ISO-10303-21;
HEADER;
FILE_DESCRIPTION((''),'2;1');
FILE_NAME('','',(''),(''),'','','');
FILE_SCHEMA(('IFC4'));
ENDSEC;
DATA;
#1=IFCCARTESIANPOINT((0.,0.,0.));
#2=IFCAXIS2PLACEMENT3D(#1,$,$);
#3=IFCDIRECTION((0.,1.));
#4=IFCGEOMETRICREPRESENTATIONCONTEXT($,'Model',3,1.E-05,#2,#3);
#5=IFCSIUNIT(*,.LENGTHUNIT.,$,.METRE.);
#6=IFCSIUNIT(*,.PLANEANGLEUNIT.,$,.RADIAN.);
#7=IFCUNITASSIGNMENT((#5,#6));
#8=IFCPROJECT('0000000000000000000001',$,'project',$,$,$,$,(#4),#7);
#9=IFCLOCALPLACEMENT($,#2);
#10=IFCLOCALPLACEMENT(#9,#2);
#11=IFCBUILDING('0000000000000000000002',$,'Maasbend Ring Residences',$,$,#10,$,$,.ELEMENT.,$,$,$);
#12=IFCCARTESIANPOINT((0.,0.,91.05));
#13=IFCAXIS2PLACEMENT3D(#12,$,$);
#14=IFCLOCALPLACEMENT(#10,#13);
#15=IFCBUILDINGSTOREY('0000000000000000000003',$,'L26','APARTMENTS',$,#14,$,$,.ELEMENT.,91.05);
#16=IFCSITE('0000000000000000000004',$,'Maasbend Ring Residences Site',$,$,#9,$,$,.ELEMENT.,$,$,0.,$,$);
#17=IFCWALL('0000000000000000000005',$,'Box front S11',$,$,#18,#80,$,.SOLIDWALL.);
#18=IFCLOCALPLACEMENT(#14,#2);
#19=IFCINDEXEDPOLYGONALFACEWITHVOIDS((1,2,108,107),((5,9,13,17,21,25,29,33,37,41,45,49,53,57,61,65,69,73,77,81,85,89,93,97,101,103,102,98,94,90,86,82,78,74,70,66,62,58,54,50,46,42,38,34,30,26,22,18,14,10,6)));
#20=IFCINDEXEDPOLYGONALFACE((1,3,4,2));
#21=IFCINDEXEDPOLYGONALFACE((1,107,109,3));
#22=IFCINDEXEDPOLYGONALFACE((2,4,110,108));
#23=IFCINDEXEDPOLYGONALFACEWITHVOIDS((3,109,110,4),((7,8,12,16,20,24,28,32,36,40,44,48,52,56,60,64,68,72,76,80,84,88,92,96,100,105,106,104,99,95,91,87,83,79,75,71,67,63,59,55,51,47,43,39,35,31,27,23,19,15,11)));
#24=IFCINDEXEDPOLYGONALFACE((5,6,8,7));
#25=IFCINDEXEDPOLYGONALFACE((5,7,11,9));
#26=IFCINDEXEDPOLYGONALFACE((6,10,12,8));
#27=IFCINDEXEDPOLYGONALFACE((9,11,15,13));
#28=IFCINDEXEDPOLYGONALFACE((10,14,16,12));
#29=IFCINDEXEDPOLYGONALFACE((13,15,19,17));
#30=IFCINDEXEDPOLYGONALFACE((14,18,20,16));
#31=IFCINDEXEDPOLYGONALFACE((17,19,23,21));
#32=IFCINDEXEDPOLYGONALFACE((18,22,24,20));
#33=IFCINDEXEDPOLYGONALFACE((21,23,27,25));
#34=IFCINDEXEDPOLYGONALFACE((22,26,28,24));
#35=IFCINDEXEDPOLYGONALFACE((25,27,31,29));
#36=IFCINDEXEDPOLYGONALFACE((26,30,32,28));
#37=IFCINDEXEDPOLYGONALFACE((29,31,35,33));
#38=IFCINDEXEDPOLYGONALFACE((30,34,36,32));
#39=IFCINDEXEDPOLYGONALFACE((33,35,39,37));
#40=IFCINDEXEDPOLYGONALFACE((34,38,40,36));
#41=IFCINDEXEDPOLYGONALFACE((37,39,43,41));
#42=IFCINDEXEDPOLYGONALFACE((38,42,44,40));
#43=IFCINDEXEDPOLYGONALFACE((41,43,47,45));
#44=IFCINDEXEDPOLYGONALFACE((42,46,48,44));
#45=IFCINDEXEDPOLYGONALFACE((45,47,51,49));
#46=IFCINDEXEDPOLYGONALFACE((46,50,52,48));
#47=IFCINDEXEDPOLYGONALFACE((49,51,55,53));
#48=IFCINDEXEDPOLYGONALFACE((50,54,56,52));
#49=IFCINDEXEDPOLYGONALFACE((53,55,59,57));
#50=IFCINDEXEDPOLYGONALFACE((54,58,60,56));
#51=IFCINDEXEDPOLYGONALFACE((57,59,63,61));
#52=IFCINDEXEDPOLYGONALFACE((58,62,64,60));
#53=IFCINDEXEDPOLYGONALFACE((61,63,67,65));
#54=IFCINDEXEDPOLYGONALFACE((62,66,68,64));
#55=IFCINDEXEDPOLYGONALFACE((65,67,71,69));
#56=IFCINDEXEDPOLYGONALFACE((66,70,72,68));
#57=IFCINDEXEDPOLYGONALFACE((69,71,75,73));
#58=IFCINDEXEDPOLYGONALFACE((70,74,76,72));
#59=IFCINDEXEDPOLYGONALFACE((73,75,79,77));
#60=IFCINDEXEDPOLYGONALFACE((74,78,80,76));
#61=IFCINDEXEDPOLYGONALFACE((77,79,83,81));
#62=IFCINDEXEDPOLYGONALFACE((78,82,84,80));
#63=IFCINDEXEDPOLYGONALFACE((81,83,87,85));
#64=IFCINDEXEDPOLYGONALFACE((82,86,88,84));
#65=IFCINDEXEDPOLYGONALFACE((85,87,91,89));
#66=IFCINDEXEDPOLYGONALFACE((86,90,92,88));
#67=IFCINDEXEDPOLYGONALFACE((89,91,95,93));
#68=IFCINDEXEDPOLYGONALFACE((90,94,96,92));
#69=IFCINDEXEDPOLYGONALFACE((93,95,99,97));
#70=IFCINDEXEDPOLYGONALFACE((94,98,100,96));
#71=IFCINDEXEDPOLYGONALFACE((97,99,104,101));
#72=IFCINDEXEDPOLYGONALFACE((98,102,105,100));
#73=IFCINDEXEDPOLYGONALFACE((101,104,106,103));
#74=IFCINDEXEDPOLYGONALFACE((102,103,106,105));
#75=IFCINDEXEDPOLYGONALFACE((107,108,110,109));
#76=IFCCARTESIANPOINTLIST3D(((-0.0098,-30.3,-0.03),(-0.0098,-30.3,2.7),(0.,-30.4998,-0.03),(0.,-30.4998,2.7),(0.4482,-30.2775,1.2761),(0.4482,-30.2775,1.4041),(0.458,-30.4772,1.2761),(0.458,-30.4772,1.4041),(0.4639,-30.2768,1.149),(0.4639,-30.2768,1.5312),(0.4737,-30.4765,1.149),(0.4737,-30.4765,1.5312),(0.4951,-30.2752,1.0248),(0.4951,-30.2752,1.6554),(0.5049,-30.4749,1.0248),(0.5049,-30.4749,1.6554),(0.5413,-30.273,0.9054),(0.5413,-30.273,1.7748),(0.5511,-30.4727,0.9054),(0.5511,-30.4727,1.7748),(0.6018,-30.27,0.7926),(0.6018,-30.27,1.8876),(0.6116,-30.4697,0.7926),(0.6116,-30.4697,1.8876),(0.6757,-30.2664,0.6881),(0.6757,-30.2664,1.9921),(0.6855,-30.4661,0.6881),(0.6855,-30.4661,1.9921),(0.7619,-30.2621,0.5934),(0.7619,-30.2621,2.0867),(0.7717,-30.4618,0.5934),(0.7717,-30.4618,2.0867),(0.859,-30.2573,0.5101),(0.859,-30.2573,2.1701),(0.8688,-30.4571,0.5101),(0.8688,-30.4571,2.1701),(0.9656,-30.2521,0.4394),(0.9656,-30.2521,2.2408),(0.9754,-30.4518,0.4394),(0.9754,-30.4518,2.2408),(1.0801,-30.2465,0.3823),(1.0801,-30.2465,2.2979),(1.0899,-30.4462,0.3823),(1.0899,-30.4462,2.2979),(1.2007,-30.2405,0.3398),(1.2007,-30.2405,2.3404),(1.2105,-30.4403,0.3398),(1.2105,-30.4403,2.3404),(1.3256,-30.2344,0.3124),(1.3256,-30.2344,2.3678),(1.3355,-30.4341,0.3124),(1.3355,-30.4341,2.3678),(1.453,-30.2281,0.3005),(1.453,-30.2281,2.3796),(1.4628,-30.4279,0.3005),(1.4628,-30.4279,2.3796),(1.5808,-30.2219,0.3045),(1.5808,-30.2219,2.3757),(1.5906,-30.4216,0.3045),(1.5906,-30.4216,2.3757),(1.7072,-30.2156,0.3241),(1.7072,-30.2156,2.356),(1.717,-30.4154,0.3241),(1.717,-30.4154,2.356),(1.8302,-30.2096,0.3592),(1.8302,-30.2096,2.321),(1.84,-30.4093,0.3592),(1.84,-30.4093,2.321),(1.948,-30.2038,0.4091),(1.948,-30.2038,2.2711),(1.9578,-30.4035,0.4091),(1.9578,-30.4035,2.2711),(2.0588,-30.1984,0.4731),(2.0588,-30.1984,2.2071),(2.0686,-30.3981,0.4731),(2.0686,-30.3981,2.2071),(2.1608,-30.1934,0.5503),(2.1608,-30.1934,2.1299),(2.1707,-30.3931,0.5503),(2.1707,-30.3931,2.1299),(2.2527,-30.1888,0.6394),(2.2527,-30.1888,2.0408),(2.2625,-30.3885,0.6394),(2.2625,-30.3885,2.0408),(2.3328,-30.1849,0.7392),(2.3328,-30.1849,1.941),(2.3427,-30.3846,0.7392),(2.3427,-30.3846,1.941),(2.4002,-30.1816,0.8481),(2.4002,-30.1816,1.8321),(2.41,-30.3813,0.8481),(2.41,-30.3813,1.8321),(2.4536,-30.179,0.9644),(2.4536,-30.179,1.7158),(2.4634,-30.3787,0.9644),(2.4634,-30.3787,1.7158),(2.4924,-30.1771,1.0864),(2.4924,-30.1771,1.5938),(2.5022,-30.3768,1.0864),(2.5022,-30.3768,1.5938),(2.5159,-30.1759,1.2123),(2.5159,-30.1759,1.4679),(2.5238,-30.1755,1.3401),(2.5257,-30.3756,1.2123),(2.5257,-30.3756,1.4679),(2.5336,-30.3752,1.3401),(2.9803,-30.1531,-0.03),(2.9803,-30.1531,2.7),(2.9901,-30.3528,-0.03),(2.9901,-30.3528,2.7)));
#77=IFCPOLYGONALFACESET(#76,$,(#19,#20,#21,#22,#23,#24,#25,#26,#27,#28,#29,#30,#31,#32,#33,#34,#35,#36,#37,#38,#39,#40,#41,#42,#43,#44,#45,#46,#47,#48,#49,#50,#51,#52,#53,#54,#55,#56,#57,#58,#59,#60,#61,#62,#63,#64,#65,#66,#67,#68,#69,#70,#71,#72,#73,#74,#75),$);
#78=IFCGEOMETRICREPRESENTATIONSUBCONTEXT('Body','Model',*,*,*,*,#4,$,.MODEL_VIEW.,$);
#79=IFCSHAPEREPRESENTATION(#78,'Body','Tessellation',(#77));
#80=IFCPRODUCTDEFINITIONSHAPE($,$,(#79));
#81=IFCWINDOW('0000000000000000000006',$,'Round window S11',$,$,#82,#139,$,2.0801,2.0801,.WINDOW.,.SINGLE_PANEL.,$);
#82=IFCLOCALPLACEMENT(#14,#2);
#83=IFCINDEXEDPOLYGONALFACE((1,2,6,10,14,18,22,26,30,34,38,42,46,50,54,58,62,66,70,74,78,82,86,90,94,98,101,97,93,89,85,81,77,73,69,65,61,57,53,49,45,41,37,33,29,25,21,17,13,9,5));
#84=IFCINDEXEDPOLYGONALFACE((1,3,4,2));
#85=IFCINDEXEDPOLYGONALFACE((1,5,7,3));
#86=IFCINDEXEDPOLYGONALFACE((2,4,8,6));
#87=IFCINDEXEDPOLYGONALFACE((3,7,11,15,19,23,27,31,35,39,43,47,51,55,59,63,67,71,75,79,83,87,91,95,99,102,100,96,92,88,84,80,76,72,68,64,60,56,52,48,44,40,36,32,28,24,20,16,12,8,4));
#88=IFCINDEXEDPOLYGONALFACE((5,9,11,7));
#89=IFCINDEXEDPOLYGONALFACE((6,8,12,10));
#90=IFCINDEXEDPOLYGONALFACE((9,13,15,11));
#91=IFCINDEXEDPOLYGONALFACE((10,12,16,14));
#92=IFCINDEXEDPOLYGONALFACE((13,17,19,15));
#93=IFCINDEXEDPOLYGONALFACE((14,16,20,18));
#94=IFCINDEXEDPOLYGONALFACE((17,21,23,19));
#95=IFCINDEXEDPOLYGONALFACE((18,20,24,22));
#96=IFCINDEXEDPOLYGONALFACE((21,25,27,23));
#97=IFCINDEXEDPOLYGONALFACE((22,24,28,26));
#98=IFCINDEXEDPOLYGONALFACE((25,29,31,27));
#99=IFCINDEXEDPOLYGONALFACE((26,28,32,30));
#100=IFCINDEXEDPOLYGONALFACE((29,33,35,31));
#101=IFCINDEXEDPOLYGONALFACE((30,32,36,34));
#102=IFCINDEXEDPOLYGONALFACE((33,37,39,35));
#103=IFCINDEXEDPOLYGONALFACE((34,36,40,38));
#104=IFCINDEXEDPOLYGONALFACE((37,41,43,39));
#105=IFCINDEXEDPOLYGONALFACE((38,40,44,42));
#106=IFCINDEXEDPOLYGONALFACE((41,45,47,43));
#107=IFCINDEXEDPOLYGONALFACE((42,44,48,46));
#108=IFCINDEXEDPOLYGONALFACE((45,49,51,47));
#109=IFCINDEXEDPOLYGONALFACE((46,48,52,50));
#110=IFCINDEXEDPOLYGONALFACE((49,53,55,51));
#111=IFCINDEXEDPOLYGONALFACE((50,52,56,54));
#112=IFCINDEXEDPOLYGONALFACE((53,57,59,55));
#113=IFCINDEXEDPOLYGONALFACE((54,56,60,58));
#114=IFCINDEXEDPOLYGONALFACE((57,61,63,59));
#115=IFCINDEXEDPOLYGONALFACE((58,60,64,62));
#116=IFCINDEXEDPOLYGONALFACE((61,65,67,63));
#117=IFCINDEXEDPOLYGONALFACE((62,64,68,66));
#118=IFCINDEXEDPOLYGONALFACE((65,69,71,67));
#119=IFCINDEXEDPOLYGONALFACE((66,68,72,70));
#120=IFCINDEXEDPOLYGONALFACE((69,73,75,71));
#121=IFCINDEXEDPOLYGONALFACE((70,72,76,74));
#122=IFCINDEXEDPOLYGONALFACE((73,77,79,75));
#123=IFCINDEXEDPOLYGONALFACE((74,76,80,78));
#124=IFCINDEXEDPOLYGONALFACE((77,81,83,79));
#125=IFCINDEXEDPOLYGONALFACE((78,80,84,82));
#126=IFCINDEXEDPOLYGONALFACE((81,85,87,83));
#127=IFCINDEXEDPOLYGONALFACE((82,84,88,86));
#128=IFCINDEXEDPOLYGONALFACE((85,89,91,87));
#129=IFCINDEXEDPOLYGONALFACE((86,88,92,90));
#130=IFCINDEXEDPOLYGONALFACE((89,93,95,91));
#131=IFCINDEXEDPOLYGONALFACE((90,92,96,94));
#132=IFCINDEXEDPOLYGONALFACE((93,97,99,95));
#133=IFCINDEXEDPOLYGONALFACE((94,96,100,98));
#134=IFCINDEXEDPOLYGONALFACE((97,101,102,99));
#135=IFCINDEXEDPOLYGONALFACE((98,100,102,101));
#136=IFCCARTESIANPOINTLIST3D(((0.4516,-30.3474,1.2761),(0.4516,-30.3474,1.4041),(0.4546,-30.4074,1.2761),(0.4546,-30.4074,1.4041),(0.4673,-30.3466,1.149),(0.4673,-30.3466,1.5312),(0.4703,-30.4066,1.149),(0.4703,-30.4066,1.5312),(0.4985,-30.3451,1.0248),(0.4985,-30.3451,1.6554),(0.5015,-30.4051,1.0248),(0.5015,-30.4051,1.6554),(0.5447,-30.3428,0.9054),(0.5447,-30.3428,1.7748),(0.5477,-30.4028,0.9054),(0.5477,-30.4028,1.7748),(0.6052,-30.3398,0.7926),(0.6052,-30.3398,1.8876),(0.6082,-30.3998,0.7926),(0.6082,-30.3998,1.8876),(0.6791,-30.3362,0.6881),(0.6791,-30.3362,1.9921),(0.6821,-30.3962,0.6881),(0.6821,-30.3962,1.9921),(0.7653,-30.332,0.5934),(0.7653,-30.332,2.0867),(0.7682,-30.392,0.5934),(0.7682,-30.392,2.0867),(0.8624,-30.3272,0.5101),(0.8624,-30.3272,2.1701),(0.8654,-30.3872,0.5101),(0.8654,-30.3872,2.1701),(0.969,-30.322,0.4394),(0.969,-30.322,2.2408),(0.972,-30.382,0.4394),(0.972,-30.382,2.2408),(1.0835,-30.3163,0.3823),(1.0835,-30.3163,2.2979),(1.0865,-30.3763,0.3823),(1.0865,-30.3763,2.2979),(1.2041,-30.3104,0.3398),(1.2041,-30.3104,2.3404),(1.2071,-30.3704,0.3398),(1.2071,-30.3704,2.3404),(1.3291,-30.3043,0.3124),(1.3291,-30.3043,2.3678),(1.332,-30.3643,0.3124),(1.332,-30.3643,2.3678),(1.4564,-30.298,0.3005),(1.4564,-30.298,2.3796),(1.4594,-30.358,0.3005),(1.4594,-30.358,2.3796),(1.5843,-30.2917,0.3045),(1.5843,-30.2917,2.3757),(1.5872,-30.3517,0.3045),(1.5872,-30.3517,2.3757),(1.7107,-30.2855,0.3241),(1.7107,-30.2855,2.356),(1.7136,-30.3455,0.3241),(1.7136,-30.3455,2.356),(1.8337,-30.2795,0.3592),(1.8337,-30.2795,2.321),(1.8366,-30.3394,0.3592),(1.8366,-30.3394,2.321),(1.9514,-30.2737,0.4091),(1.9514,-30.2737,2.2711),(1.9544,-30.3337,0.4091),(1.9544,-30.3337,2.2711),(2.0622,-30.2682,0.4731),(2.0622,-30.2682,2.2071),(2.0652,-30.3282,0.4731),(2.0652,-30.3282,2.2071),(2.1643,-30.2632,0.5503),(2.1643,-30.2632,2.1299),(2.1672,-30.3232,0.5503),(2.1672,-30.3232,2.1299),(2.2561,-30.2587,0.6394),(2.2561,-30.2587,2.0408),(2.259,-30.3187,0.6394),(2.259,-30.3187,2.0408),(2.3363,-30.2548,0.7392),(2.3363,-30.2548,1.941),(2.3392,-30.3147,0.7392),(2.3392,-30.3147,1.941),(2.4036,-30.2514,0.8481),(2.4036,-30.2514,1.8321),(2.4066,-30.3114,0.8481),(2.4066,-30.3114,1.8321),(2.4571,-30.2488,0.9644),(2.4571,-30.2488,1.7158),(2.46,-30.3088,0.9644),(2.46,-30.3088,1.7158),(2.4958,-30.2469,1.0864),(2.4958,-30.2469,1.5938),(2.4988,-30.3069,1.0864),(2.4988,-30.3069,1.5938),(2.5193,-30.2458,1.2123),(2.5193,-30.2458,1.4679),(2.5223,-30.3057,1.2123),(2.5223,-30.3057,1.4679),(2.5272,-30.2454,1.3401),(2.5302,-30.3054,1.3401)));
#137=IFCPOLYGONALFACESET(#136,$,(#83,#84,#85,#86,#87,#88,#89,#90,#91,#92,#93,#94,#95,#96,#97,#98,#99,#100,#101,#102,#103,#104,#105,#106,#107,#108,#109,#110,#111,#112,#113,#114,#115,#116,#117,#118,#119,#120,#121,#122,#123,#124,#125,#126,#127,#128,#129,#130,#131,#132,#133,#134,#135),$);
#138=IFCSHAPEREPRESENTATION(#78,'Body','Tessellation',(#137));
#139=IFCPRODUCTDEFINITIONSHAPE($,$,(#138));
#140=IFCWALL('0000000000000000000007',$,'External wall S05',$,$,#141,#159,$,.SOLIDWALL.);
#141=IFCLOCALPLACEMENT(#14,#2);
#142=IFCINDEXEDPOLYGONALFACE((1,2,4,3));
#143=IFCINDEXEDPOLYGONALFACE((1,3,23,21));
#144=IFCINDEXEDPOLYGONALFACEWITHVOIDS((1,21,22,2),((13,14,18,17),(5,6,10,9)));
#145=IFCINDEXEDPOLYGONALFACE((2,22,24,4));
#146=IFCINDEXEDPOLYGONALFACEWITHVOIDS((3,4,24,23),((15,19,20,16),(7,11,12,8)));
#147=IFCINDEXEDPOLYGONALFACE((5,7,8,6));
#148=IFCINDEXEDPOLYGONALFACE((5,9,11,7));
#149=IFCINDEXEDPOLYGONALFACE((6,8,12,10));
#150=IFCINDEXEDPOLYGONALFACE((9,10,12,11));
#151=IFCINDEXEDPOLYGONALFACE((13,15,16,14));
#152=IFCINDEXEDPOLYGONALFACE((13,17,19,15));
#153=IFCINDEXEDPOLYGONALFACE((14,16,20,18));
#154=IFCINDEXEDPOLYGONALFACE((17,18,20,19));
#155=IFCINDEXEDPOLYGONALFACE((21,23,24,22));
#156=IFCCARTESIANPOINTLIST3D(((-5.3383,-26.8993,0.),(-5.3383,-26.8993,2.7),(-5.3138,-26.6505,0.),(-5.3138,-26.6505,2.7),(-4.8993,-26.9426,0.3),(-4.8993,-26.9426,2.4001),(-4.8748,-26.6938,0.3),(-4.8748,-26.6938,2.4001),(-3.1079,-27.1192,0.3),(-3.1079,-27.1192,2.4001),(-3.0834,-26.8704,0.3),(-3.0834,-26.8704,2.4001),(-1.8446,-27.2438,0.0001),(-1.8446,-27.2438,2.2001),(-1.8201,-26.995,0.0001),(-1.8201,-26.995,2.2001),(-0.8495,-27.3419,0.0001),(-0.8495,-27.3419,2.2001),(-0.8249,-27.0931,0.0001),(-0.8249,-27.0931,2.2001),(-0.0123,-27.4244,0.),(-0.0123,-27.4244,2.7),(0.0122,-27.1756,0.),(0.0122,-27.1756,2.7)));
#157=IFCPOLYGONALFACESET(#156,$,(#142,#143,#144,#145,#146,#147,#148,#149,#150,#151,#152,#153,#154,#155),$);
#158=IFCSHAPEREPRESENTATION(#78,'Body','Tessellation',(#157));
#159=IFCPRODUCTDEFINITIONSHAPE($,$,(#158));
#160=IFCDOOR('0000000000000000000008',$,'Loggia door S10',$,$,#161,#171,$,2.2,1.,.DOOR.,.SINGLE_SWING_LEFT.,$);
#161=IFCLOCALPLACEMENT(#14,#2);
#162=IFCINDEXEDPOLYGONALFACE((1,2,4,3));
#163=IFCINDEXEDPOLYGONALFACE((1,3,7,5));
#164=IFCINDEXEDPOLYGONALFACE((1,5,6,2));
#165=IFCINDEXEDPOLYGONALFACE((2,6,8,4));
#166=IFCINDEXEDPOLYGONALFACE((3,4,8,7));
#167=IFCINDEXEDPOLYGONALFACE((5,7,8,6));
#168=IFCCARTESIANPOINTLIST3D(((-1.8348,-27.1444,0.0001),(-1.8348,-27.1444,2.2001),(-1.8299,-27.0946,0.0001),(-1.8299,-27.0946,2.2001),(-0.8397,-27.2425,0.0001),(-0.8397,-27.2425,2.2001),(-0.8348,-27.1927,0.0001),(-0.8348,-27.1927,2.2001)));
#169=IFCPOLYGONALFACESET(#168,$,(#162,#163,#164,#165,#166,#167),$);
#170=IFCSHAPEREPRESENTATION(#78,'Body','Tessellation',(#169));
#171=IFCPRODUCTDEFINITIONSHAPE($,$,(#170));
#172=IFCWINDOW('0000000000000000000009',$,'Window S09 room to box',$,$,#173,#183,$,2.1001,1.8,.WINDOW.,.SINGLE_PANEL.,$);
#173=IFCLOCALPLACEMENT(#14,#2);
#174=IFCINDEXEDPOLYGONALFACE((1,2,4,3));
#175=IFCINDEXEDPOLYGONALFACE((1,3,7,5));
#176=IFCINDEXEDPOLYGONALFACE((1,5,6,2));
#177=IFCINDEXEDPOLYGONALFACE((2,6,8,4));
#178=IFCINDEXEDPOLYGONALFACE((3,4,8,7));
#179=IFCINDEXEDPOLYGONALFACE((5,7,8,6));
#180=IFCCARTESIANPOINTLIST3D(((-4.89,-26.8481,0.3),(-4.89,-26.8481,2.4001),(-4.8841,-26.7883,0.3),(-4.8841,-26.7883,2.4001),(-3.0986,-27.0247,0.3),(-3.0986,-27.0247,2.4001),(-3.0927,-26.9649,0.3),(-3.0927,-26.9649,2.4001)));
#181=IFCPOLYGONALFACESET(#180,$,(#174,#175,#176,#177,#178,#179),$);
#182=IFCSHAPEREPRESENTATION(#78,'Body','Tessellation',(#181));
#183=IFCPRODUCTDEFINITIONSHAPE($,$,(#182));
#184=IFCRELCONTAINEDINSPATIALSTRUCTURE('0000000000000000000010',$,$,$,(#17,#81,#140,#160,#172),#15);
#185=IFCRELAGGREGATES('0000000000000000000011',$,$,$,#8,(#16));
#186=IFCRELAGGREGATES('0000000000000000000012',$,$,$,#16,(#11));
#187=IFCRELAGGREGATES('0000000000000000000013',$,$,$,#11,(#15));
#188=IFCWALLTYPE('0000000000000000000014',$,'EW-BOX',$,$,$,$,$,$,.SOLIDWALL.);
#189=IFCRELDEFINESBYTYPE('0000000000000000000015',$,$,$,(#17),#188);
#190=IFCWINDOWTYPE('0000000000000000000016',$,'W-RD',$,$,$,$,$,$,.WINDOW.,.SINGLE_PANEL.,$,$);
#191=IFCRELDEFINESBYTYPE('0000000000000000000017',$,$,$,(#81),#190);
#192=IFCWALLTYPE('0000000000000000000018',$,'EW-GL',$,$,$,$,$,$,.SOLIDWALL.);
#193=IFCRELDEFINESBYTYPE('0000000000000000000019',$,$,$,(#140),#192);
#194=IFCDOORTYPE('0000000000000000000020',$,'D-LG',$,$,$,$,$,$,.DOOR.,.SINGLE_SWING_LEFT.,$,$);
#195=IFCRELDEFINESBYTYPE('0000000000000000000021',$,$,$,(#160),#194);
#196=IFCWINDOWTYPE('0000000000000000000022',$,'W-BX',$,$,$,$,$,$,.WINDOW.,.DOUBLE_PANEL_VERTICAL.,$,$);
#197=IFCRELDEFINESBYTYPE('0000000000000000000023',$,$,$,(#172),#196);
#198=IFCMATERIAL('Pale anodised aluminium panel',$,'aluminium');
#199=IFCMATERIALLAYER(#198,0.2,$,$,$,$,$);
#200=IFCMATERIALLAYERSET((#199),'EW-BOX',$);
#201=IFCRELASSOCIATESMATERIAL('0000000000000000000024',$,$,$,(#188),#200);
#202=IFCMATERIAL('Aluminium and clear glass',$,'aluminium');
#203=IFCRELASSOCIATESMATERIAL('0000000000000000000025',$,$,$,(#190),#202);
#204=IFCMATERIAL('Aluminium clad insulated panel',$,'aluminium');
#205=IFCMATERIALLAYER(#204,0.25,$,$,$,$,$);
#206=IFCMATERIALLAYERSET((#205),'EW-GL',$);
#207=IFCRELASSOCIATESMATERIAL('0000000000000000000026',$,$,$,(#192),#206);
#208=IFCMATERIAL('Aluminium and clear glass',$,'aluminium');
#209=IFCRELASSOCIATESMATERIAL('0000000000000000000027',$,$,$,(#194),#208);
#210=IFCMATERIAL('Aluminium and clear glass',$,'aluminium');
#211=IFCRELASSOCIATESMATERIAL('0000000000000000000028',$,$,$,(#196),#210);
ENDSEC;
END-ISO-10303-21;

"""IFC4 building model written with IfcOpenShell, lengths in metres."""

from ifc_helpers import new_model, si_unit, direction, frame, frame_2d, origin, place, context, subcontext, project, spatial, rectangle, circle, extrude, material, layer, layer_set, type_object, element, fill, save


model = new_model("IFC4")

# Units and contexts
model_context = context("Model", 3, precision=1e-05, world=origin(), true_north=direction((0.0, 1.0)))
body_context = subcontext(model_context, "Body", "Model", "MODEL_VIEW")
ifc_project = project(units=[si_unit("LENGTHUNIT", "METRE"), si_unit("PLANEANGLEUNIT", "RADIAN")], contexts=[model_context])

# Site, building, storey
site_placement = place(None, origin())
site = spatial("IfcSite", under=ifc_project, at=site_placement, Name="Maasbend Ring Residences Site", CompositionType="ELEMENT", RefElevation=0.0)
building_placement = place(site_placement, origin())
building = spatial("IfcBuilding", under=site, at=building_placement, Name="Maasbend Ring Residences", CompositionType="ELEMENT")
storey_placement = place(building_placement, frame((0.0, 0.0, 91.05)))
storey = spatial("IfcBuildingStorey", under=building, at=storey_placement, Name="L26", Description="APARTMENTS", CompositionType="ELEMENT", Elevation=91.05)

# Shared definitions
ifc_material_1 = material(Name="Pale anodised aluminium panel", Category="aluminium")
ifc_layer_1 = layer(ifc_material_1, 0.2)
ifc_layer_set_1 = layer_set([ifc_layer_1], Name="EW-BOX")
wall_type_1 = type_object("IfcWallType", Name="EW-BOX", PredefinedType="SOLIDWALL", material=ifc_layer_set_1)

# Shared definitions
ifc_material_2 = material(Name="Aluminium and clear glass", Category="aluminium")
window_type_1 = type_object("IfcWindowType", Name="W-RD", PartitioningType="SINGLE_PANEL", PredefinedType="WINDOW", material=ifc_material_2)

# Wall, opening, window
wall_1_placement = place(storey_placement, frame((-0.0049, -30.3999, -0.03), z_axis=(0.0, 0.0, 1.0), x_axis=(0.998794, 0.049096, 0.0)))
wall_1 = element("IfcWall", 1, at=wall_1_placement, inside=storey, type_object=wall_type_1, Name="Box front S11", PredefinedType="SOLIDWALL", context=body_context, shape_type="SweptSolid", body=[
    extrude(rectangle(XDim=2.9937, YDim=0.2, at=frame_2d((1.4968, 0.0))), origin(), (0.0, 0.0, 1.0), 2.73),
])
opening_1_placement = place(wall_1_placement, frame((0.4565, 0.0, 0.3301)))
opening_1 = element("IfcOpeningElement", 2, at=opening_1_placement, cuts=wall_1, PredefinedType="OPENING", context=body_context, shape_type="SweptSolid", body=[
    extrude(circle(Radius=1.04, at=frame_2d((1.04, 1.04))), frame((0.0, 0.1099, 0.0), z_axis=(0.0, -1.0, 0.0), x_axis=(1.0, 0.0, 0.0)), (0.0, 0.0, 1.0), 0.22),
])
window_1_placement = place(opening_1_placement, origin())
window_1 = element("IfcWindow", 3, at=window_1_placement, inside=storey, type_object=window_type_1, Name="Round window S11", OverallHeight=2.0801, OverallWidth=2.0801, PartitioningType="SINGLE_PANEL", PredefinedType="WINDOW", context=body_context, shape_type="SweptSolid", body=[
    extrude(circle(Radius=1.04, at=frame_2d((1.04, 1.04))), frame((0.0, 0.03, 0.0), z_axis=(0.0, -1.0, 0.0), x_axis=(1.0, 0.0, 0.0)), (0.0, 0.0, 1.0), 0.0601),
])
fill(opening_1, window_1)

# Wall, openings, door, window
ifc_material_3 = material(Name="Aluminium clad insulated panel", Category="aluminium")
ifc_layer_2 = layer(ifc_material_3, 0.25)
ifc_layer_set_2 = layer_set([ifc_layer_2], Name="EW-GL")
wall_type_2 = type_object("IfcWallType", Name="EW-GL", PredefinedType="SOLIDWALL", material=ifc_layer_set_2)
wall_2_placement = place(storey_placement, frame((-5.3259, -26.7749, 0.0), z_axis=(0.0, 0.0, 1.0), x_axis=(0.995174, -0.098126, 0.0)))
wall_2 = element("IfcWall", 4, at=wall_2_placement, inside=storey, type_object=wall_type_2, Name="External wall S05", PredefinedType="SOLIDWALL", context=body_context, shape_type="SweptSolid", body=[
    extrude(rectangle(XDim=5.3518, YDim=0.25, at=frame_2d((2.6758, 0.0))), origin(), (0.0, 0.0, 1.0), 2.7),
])
opening_2_placement = place(wall_2_placement, frame((0.4412, 0.0, 0.3)))
opening_2 = element("IfcOpeningElement", 5, at=opening_2_placement, cuts=wall_2, PredefinedType="OPENING", context=body_context, shape_type="SweptSolid", body=[
    extrude(rectangle(XDim=1.8, YDim=2.1001, at=frame_2d((0.8999, 1.05))), frame((0.0, 0.135, 0.0), z_axis=(0.0, -1.0, 0.0), x_axis=(1.0, 0.0, 0.0)), (0.0, 0.0, 1.0), 0.27),
])
opening_3_placement = place(wall_2_placement, frame((3.5105, 0.0, 0.0)))
opening_3 = element("IfcOpeningElement", 6, at=opening_3_placement, cuts=wall_2, PredefinedType="OPENING", context=body_context, shape_type="SweptSolid", body=[
    extrude(rectangle(XDim=1.0, YDim=2.2, at=frame_2d((0.5, 1.1001))), frame((0.0, 0.135, 0.0), z_axis=(0.0, -1.0, 0.0), x_axis=(1.0, 0.0, 0.0)), (0.0, 0.0, 1.0), 0.27),
])
ifc_material_4 = material(Name="Aluminium and clear glass", Category="aluminium")
door_type_1 = type_object("IfcDoorType", Name="D-LG", OperationType="SINGLE_SWING_LEFT", PredefinedType="DOOR", material=ifc_material_4)
door_1_placement = place(opening_3_placement, origin())
door_1 = element("IfcDoor", 7, at=door_1_placement, inside=storey, type_object=door_type_1, Name="Loggia door S10", OperationType="SINGLE_SWING_LEFT", OverallHeight=2.2, OverallWidth=1.0, PredefinedType="DOOR", context=body_context, shape_type="SweptSolid", body=[
    extrude(rectangle(XDim=1.0, YDim=2.2, at=frame_2d((0.5, 1.1001))), frame((0.0, 0.0249, 0.0), z_axis=(0.0, -1.0, 0.0), x_axis=(1.0, 0.0, 0.0)), (0.0, 0.0, 1.0), 0.05),
])
fill(opening_3, door_1)
ifc_material_5 = material(Name="Aluminium and clear glass", Category="aluminium")
window_type_2 = type_object("IfcWindowType", Name="W-BX", PartitioningType="DOUBLE_PANEL_VERTICAL", PredefinedType="WINDOW", material=ifc_material_5)
window_2_placement = place(opening_2_placement, origin())
window_2 = element("IfcWindow", 8, at=window_2_placement, inside=storey, type_object=window_type_2, Name="Window S09 room to box", OverallHeight=2.1001, OverallWidth=1.8, PartitioningType="SINGLE_PANEL", PredefinedType="WINDOW", context=body_context, shape_type="SweptSolid", body=[
    extrude(rectangle(XDim=1.8, YDim=2.1001, at=frame_2d((0.8999, 1.05))), frame((0.0, 0.03, 0.0), z_axis=(0.0, -1.0, 0.0), x_axis=(1.0, 0.0, 0.0)), (0.0, 0.0, 1.0), 0.0601),
])
fill(opening_2, window_2)

save(model, "model.ifc")
